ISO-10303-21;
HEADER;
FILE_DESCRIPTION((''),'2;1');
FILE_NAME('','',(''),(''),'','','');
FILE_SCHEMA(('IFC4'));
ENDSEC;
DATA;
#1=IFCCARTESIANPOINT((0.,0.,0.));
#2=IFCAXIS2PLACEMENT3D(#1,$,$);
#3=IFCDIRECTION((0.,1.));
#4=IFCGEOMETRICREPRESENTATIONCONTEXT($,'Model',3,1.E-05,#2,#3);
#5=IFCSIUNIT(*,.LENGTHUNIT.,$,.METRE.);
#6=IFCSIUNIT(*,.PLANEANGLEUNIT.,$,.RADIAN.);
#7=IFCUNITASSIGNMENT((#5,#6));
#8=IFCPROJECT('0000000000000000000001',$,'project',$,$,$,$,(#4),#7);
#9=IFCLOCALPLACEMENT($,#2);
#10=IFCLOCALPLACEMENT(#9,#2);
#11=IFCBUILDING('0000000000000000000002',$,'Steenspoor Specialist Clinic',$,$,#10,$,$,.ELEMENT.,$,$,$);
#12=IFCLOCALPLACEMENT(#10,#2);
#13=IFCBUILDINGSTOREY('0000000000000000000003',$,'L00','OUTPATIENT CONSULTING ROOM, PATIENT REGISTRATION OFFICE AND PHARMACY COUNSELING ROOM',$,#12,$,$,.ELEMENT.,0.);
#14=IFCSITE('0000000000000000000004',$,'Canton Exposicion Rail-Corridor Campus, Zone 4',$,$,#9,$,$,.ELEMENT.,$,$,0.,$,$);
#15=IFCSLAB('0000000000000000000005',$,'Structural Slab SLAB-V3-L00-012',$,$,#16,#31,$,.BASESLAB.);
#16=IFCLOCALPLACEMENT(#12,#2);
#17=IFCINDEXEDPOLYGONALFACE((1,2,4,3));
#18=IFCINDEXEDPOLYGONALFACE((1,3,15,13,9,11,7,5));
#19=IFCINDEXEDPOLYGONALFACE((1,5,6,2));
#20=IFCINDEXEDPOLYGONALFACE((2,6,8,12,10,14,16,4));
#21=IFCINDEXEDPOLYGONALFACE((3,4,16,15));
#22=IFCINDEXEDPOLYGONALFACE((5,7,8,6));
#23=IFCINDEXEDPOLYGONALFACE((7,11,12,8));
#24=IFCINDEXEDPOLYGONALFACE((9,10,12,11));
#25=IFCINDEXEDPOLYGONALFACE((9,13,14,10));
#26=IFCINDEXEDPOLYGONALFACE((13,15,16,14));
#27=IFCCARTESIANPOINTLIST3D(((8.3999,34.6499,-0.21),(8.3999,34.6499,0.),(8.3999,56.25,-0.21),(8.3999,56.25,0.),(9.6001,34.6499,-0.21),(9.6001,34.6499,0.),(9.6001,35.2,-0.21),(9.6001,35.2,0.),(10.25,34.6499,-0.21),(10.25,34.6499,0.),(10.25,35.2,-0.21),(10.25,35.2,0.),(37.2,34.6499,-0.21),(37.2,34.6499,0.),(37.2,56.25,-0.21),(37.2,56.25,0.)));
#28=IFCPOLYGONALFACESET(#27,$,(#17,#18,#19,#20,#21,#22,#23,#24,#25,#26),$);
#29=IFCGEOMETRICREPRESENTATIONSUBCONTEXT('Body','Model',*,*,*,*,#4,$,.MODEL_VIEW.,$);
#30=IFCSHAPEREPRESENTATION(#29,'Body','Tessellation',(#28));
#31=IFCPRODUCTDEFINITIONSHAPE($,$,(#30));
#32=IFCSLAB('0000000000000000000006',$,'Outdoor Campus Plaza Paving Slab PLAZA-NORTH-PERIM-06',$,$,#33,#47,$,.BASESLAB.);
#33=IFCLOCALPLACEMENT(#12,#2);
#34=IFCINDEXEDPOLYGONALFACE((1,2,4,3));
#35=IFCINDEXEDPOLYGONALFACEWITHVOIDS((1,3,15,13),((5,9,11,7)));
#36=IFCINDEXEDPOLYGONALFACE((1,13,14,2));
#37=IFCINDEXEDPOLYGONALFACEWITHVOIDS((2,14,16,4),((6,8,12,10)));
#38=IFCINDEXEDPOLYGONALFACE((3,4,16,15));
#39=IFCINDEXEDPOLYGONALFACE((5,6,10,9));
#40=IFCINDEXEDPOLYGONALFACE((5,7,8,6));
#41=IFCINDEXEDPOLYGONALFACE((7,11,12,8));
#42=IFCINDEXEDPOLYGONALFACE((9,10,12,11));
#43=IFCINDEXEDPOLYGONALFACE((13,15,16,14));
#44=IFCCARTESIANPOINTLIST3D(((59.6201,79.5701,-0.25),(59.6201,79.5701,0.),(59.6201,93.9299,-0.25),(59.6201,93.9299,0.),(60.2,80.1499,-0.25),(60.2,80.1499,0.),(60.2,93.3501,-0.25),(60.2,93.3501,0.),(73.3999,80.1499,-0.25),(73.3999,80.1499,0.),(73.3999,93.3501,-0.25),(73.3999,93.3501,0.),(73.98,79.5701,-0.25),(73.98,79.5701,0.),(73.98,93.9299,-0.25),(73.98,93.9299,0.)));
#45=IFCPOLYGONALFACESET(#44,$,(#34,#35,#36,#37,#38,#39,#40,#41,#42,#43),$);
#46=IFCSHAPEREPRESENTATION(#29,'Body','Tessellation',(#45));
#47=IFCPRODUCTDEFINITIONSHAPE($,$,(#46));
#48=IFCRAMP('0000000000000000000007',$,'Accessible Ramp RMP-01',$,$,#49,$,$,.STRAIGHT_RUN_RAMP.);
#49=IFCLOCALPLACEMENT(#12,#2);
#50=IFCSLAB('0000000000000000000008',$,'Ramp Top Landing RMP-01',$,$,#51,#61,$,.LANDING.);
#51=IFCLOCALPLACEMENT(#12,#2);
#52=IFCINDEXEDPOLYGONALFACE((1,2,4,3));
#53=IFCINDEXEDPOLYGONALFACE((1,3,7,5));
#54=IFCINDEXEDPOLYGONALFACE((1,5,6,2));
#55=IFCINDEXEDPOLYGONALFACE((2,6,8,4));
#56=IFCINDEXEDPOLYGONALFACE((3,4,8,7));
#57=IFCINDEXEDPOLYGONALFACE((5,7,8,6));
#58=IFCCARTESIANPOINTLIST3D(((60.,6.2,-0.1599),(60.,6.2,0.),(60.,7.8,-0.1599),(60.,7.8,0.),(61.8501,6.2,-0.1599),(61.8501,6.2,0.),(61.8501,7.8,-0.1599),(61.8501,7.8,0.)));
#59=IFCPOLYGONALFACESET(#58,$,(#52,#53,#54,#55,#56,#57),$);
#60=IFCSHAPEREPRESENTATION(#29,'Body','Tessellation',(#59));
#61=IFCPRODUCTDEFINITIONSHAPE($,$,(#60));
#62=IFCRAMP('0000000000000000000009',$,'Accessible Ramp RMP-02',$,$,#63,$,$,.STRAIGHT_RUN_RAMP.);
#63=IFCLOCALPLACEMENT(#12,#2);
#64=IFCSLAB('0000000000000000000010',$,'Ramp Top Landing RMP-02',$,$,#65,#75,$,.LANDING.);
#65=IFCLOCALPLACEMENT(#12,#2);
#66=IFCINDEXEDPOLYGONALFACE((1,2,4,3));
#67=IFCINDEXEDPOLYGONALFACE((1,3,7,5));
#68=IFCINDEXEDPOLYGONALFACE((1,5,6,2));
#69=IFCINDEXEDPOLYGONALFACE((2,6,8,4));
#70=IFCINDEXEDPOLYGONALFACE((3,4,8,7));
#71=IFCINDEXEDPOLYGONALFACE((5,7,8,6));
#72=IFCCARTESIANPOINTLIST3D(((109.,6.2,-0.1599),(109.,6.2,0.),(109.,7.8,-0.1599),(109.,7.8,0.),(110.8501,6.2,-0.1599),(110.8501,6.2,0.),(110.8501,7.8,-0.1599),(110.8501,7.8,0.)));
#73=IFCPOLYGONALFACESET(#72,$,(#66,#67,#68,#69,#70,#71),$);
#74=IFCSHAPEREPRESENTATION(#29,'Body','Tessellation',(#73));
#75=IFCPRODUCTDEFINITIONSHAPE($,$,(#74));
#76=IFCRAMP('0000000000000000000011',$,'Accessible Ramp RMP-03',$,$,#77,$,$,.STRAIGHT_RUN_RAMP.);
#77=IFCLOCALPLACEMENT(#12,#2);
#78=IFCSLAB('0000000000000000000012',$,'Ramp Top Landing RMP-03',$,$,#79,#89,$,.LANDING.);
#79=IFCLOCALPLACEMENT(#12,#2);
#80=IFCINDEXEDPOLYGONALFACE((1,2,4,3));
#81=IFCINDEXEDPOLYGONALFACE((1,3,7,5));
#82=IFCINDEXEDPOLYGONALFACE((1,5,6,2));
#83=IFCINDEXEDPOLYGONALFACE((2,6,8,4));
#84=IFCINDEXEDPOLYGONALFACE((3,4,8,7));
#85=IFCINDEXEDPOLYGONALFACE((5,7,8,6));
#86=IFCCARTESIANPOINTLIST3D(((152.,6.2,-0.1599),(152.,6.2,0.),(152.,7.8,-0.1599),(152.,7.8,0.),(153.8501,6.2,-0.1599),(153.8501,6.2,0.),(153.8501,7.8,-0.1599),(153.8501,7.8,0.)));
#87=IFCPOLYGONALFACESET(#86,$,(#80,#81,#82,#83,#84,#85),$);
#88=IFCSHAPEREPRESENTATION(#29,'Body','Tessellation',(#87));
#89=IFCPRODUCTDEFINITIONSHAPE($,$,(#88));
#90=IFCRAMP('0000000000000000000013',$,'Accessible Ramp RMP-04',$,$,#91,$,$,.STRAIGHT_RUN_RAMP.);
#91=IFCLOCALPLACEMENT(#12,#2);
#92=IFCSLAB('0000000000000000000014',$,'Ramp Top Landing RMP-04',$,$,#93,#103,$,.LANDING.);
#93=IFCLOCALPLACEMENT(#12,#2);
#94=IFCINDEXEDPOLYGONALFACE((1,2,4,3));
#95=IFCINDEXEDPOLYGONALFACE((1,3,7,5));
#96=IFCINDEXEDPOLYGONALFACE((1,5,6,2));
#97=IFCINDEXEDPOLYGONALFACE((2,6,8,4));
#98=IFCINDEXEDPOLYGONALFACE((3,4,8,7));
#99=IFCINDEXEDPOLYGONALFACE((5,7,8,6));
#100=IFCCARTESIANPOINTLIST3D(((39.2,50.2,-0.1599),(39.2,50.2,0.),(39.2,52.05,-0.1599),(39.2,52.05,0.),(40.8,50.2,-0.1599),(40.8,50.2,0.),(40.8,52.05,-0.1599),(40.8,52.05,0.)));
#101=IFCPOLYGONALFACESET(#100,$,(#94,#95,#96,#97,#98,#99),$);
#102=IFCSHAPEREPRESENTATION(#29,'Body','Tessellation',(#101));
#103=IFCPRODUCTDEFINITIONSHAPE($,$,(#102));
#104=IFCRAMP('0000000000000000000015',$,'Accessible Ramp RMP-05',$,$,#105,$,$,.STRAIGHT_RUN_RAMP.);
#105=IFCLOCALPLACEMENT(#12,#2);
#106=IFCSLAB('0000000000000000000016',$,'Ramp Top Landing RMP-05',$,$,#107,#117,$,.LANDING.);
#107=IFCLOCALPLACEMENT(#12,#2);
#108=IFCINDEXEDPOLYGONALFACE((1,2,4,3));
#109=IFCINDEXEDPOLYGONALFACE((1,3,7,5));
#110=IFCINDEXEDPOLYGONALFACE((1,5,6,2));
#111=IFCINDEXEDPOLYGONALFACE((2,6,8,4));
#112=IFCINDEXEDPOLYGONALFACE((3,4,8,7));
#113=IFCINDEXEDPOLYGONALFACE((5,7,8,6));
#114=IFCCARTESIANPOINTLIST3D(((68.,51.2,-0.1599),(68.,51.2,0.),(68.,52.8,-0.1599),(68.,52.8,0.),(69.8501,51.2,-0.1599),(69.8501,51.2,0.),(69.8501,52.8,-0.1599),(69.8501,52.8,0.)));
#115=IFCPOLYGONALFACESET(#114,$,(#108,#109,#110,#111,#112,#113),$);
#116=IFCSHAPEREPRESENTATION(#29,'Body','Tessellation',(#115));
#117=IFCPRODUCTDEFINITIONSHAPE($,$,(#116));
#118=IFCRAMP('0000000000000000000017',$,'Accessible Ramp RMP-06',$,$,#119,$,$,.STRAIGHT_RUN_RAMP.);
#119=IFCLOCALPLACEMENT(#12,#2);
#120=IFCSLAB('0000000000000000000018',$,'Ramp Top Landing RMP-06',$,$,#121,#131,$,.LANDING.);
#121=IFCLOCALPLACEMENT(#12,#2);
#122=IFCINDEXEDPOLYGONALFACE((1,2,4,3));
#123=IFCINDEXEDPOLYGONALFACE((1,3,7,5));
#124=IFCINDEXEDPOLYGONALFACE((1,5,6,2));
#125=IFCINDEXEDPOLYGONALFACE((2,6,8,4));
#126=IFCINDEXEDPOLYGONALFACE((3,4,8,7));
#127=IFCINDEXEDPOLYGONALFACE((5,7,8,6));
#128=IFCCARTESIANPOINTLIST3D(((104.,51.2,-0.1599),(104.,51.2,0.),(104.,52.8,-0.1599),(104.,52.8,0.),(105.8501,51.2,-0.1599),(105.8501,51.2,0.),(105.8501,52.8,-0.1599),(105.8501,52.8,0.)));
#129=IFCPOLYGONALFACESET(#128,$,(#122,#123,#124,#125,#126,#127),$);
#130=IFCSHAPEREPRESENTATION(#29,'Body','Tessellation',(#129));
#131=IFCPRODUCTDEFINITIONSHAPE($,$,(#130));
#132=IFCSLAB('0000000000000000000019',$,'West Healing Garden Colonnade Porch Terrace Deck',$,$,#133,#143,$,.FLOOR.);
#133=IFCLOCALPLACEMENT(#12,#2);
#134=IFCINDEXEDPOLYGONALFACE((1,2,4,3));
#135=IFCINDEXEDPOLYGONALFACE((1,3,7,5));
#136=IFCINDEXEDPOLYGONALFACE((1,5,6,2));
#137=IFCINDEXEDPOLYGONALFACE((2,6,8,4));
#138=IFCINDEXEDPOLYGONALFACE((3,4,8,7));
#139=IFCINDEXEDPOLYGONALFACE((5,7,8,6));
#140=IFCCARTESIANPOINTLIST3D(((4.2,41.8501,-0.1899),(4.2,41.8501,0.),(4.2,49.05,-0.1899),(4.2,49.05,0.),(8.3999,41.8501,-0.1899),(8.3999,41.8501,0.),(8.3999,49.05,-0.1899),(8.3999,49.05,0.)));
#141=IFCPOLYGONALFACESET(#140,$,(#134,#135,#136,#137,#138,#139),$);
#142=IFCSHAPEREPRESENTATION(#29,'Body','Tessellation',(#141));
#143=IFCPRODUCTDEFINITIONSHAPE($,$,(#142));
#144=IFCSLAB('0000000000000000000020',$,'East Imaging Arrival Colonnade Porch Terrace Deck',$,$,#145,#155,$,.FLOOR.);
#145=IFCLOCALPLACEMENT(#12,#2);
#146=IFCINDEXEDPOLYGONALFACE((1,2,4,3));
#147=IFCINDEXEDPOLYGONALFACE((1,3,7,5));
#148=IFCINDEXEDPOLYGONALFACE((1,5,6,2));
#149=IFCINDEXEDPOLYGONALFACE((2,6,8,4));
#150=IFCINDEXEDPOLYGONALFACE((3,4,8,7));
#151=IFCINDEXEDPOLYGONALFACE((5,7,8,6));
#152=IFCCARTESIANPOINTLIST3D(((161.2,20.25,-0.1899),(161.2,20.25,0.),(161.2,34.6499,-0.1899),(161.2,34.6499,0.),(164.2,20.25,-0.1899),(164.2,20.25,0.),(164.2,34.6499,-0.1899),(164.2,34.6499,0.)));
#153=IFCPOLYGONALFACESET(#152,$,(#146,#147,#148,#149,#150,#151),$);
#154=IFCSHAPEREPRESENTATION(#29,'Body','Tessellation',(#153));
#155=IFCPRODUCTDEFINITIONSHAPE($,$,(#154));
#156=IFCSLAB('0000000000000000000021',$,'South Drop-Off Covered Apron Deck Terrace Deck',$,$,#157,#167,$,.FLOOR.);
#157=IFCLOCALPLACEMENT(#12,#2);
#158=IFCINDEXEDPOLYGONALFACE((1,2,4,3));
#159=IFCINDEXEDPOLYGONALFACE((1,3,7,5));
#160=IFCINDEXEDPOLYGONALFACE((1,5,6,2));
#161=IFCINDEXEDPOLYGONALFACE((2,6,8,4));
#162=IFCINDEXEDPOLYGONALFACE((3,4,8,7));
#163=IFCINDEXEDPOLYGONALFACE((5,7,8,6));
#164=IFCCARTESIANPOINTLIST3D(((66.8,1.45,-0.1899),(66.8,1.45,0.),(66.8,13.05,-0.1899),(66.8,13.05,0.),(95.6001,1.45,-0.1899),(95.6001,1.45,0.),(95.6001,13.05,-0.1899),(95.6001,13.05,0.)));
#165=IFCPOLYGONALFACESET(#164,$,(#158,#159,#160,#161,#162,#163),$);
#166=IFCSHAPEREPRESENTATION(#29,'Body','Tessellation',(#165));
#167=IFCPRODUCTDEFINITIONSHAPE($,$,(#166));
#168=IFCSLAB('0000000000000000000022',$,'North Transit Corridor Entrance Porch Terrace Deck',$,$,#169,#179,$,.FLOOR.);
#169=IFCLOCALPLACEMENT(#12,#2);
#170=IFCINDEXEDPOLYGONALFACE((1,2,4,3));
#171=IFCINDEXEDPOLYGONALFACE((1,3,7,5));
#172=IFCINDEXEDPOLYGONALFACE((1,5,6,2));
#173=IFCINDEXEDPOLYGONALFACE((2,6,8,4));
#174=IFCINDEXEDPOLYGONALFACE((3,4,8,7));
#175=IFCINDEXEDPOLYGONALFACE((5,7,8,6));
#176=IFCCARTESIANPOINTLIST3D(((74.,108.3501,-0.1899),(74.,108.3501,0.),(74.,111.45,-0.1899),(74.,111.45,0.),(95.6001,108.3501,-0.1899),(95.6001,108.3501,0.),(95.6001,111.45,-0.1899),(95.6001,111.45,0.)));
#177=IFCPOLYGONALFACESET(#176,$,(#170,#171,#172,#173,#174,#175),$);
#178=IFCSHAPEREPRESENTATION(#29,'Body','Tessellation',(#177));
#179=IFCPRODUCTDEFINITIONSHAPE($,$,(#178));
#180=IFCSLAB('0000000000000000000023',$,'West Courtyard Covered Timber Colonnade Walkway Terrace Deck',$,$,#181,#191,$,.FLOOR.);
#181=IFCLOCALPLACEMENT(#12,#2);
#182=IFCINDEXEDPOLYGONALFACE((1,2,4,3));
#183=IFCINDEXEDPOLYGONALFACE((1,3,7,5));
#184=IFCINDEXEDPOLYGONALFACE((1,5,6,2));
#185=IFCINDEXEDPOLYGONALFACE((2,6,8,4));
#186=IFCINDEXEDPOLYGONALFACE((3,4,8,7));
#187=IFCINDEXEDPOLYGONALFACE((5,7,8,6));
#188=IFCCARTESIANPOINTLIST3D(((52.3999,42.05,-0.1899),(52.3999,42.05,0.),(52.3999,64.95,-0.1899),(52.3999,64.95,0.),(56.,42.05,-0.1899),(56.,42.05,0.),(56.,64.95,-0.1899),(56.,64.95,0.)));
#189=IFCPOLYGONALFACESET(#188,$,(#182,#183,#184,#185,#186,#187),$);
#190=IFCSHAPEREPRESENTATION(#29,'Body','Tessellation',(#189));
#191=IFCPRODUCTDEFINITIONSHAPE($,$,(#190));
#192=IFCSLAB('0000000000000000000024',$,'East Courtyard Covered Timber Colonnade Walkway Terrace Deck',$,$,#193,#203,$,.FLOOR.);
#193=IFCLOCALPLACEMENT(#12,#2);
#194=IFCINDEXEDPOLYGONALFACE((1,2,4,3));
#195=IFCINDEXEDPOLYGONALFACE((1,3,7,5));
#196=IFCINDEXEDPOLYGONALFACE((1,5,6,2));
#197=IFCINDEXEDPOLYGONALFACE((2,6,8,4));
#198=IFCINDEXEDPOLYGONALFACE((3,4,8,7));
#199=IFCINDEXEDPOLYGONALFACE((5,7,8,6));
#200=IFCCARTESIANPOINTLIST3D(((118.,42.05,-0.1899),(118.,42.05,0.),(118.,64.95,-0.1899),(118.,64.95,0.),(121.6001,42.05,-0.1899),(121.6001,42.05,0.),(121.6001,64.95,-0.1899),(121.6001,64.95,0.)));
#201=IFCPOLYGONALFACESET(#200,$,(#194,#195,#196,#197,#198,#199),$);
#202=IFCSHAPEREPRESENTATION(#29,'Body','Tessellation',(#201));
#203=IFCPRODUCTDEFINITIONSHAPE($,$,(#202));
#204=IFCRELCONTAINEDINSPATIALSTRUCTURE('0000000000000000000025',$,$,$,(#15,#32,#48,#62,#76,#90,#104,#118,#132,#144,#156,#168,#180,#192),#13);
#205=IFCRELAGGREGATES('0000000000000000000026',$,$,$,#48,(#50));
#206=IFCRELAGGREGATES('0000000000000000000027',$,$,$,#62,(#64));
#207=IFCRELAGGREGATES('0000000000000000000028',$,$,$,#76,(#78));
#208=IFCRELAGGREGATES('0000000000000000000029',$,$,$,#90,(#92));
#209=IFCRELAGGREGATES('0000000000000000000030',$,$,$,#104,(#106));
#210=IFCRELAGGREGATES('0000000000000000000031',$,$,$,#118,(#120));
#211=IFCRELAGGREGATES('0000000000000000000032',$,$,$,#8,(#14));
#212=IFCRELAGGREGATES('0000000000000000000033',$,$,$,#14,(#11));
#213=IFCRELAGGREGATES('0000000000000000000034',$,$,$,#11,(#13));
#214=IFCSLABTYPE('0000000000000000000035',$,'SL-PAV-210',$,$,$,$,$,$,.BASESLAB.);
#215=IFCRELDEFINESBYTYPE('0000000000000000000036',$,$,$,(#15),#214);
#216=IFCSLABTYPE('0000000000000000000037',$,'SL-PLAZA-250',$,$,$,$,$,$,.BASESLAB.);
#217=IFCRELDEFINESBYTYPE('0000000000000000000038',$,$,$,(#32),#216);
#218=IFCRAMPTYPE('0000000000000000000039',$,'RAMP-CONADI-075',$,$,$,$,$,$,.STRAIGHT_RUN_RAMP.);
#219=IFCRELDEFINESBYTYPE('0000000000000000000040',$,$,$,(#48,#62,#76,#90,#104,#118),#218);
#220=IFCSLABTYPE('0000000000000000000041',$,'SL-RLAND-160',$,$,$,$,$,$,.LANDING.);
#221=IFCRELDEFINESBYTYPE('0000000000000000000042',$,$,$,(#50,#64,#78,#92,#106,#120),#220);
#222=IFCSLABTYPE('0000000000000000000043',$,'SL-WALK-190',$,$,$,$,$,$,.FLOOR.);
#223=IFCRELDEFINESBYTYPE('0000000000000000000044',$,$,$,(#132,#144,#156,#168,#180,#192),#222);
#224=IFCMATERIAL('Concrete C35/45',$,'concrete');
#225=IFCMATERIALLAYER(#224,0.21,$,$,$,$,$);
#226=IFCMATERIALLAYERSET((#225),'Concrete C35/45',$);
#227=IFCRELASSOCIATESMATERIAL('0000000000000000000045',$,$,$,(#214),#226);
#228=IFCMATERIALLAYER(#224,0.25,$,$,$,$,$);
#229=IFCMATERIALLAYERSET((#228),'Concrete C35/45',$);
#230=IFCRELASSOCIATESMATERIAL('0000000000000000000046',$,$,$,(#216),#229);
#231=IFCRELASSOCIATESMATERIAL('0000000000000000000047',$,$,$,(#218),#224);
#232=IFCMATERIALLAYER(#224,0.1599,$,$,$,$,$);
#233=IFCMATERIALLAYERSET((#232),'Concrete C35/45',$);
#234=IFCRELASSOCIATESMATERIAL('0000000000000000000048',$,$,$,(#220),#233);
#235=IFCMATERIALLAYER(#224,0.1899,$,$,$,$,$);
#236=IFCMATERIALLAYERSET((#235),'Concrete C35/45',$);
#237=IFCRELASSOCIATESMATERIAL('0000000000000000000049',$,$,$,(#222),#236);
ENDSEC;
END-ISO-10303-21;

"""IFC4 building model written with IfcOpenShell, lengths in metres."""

from ifc_helpers import new_model, si_unit, direction, frame, origin, place, context, subcontext, project, spatial, polyline, outline, extrude, material, layer, layer_set, type_object, element, aggregate, save


model = new_model("IFC4")

# Units and contexts
model_context = context("Model", 3, precision=1e-05, world=origin(), true_north=direction((0.0, 1.0)))
body_context = subcontext(model_context, "Body", "Model", "MODEL_VIEW")
ifc_project = project(units=[si_unit("LENGTHUNIT", "METRE"), si_unit("PLANEANGLEUNIT", "RADIAN")], contexts=[model_context])

# Site, building, storey
site_placement = place(None, origin())
site = spatial("IfcSite", under=ifc_project, at=site_placement, Name="Canton Exposicion Rail-Corridor Campus, Zone 4", CompositionType="ELEMENT", RefElevation=0.0)
building_placement = place(site_placement, origin())
building = spatial("IfcBuilding", under=site, at=building_placement, Name="Steenspoor Specialist Clinic", CompositionType="ELEMENT")
storey_placement = place(building_placement, origin())
storey = spatial("IfcBuildingStorey", under=building, at=storey_placement, Name="L00", Description="OUTPATIENT CONSULTING ROOM, PATIENT REGISTRATION OFFICE AND PHARMACY COUNSELING ROOM", CompositionType="ELEMENT", Elevation=0.0)

# Slabs
ifc_material_1 = material(Name="Concrete C35/45", Category="concrete")
ifc_layer_1 = layer(ifc_material_1, 0.21)
ifc_layer_set_1 = layer_set([ifc_layer_1], Name="Concrete C35/45")
slab_type_1 = type_object("IfcSlabType", Name="SL-PAV-210", PredefinedType="BASESLAB", material=ifc_layer_set_1)
slab_1_placement = place(storey_placement, frame((0.0, 0.0, -0.21)))
element("IfcSlab", 1, at=slab_1_placement, inside=storey, type_object=slab_type_1, Name="Structural Slab SLAB-V3-L00-012", PredefinedType="BASESLAB", context=body_context, shape_type="SweptSolid", body=[
    extrude(outline(polyline([(8.3999, 56.25), (37.2, 56.25), (37.2, 34.6499), (10.25, 34.6499), (10.25, 35.2), (9.6001, 35.2), (9.6001, 34.6499), (8.3999, 34.6499), (8.3999, 56.25)])), origin(), (0.0, 0.0, 1.0), 0.21),
])
ifc_layer_2 = layer(ifc_material_1, 0.25)
ifc_layer_set_2 = layer_set([ifc_layer_2], Name="Concrete C35/45")
slab_type_2 = type_object("IfcSlabType", Name="SL-PLAZA-250", PredefinedType="BASESLAB", material=ifc_layer_set_2)
slab_2_placement = place(storey_placement, frame((0.0, 0.0, -0.25)))
element("IfcSlab", 2, at=slab_2_placement, inside=storey, type_object=slab_type_2, Name="Outdoor Campus Plaza Paving Slab PLAZA-NORTH-PERIM-06", PredefinedType="BASESLAB", context=body_context, shape_type="SweptSolid", body=[
    extrude(outline(polyline([(59.6201, 79.5701), (59.6201, 93.9299), (73.98, 93.9299), (73.98, 79.5701), (59.6201, 79.5701)]), holes=[polyline([(73.3999, 80.1499), (73.3999, 93.3501), (60.2, 93.3501), (60.2, 80.1499), (73.3999, 80.1499)])]), origin(), (0.0, 0.0, 1.0), 0.25),
])

# Ramps, slabs
ramp_type = type_object("IfcRampType", Name="RAMP-CONADI-075", PredefinedType="STRAIGHT_RUN_RAMP", material=ifc_material_1)
ramp_1_placement = place(storey_placement, origin())
ramp_1 = element("IfcRamp", 3, at=ramp_1_placement, inside=storey, type_object=ramp_type, Name="Accessible Ramp RMP-01", PredefinedType="STRAIGHT_RUN_RAMP")
ifc_layer_3 = layer(ifc_material_1, 0.1599)
ifc_layer_set_3 = layer_set([ifc_layer_3], Name="Concrete C35/45")
slab_type_3 = type_object("IfcSlabType", Name="SL-RLAND-160", PredefinedType="LANDING", material=ifc_layer_set_3)
slab_3_placement = place(storey_placement, frame((0.0, 0.0, -0.1599)))
slab_3 = element("IfcSlab", 4, at=slab_3_placement, type_object=slab_type_3, Name="Ramp Top Landing RMP-01", PredefinedType="LANDING", context=body_context, shape_type="SweptSolid", body=[
    extrude(outline(polyline([(60.0, 6.2), (61.8501, 6.2), (61.8501, 7.8), (60.0, 7.8), (60.0, 6.2)])), origin(), (0.0, 0.0, 1.0), 0.1599),
])
aggregate(ramp_1, [slab_3])
ramp_2_placement = place(storey_placement, origin())
ramp_2 = element("IfcRamp", 5, at=ramp_2_placement, inside=storey, type_object=ramp_type, Name="Accessible Ramp RMP-02", PredefinedType="STRAIGHT_RUN_RAMP")
slab_4_placement = place(storey_placement, frame((0.0, 0.0, -0.1599)))
slab_4 = element("IfcSlab", 6, at=slab_4_placement, type_object=slab_type_3, Name="Ramp Top Landing RMP-02", PredefinedType="LANDING", context=body_context, shape_type="SweptSolid", body=[
    extrude(outline(polyline([(109.0, 6.2), (110.8501, 6.2), (110.8501, 7.8), (109.0, 7.8), (109.0, 6.2)])), origin(), (0.0, 0.0, 1.0), 0.1599),
])
aggregate(ramp_2, [slab_4])
ramp_3_placement = place(storey_placement, origin())
ramp_3 = element("IfcRamp", 7, at=ramp_3_placement, inside=storey, type_object=ramp_type, Name="Accessible Ramp RMP-03", PredefinedType="STRAIGHT_RUN_RAMP")
slab_5_placement = place(storey_placement, frame((0.0, 0.0, -0.1599)))
slab_5 = element("IfcSlab", 8, at=slab_5_placement, type_object=slab_type_3, Name="Ramp Top Landing RMP-03", PredefinedType="LANDING", context=body_context, shape_type="SweptSolid", body=[
    extrude(outline(polyline([(152.0, 6.2), (153.8501, 6.2), (153.8501, 7.8), (152.0, 7.8), (152.0, 6.2)])), origin(), (0.0, 0.0, 1.0), 0.1599),
])
aggregate(ramp_3, [slab_5])
ramp_4_placement = place(storey_placement, origin())
ramp_4 = element("IfcRamp", 9, at=ramp_4_placement, inside=storey, type_object=ramp_type, Name="Accessible Ramp RMP-04", PredefinedType="STRAIGHT_RUN_RAMP")
slab_6_placement = place(storey_placement, frame((0.0, 0.0, -0.1599)))
slab_6 = element("IfcSlab", 10, at=slab_6_placement, type_object=slab_type_3, Name="Ramp Top Landing RMP-04", PredefinedType="LANDING", context=body_context, shape_type="SweptSolid", body=[
    extrude(outline(polyline([(40.8, 50.2), (40.8, 52.05), (39.2, 52.05), (39.2, 50.2), (40.8, 50.2)])), origin(), (0.0, 0.0, 1.0), 0.1599),
])
aggregate(ramp_4, [slab_6])
ramp_5_placement = place(storey_placement, origin())
ramp_5 = element("IfcRamp", 11, at=ramp_5_placement, inside=storey, type_object=ramp_type, Name="Accessible Ramp RMP-05", PredefinedType="STRAIGHT_RUN_RAMP")
slab_7_placement = place(storey_placement, frame((0.0, 0.0, -0.1599)))
slab_7 = element("IfcSlab", 12, at=slab_7_placement, type_object=slab_type_3, Name="Ramp Top Landing RMP-05", PredefinedType="LANDING", context=body_context, shape_type="SweptSolid", body=[
    extrude(outline(polyline([(68.0, 51.2), (69.8501, 51.2), (69.8501, 52.8), (68.0, 52.8), (68.0, 51.2)])), origin(), (0.0, 0.0, 1.0), 0.1599),
])
aggregate(ramp_5, [slab_7])
ramp_6_placement = place(storey_placement, origin())
ramp_6 = element("IfcRamp", 13, at=ramp_6_placement, inside=storey, type_object=ramp_type, Name="Accessible Ramp RMP-06", PredefinedType="STRAIGHT_RUN_RAMP")
slab_8_placement = place(storey_placement, frame((0.0, 0.0, -0.1599)))
slab_8 = element("IfcSlab", 14, at=slab_8_placement, type_object=slab_type_3, Name="Ramp Top Landing RMP-06", PredefinedType="LANDING", context=body_context, shape_type="SweptSolid", body=[
    extrude(outline(polyline([(104.0, 51.2), (105.8501, 51.2), (105.8501, 52.8), (104.0, 52.8), (104.0, 51.2)])), origin(), (0.0, 0.0, 1.0), 0.1599),
])
aggregate(ramp_6, [slab_8])

# Slabs
ifc_layer_4 = layer(ifc_material_1, 0.1899)
ifc_layer_set_4 = layer_set([ifc_layer_4], Name="Concrete C35/45")
slab_type_4 = type_object("IfcSlabType", Name="SL-WALK-190", PredefinedType="FLOOR", material=ifc_layer_set_4)
slab_9_placement = place(storey_placement, frame((0.0, 0.0, -0.1899)))
element("IfcSlab", 15, at=slab_9_placement, inside=storey, type_object=slab_type_4, Name="West Healing Garden Colonnade Porch Terrace Deck", PredefinedType="FLOOR", context=body_context, shape_type="SweptSolid", body=[
    extrude(outline(polyline([(8.3999, 41.8501), (8.3999, 49.05), (4.2, 49.05), (4.2, 41.8501), (8.3999, 41.8501)])), origin(), (0.0, 0.0, 1.0), 0.1899),
])
slab_10_placement = place(storey_placement, frame((0.0, 0.0, -0.1899)))
element("IfcSlab", 16, at=slab_10_placement, inside=storey, type_object=slab_type_4, Name="East Imaging Arrival Colonnade Porch Terrace Deck", PredefinedType="FLOOR", context=body_context, shape_type="SweptSolid", body=[
    extrude(outline(polyline([(164.2, 20.25), (164.2, 34.6499), (161.2, 34.6499), (161.2, 20.25), (164.2, 20.25)])), origin(), (0.0, 0.0, 1.0), 0.1899),
])
slab_11_placement = place(storey_placement, frame((0.0, 0.0, -0.1899)))
element("IfcSlab", 17, at=slab_11_placement, inside=storey, type_object=slab_type_4, Name="South Drop-Off Covered Apron Deck Terrace Deck", PredefinedType="FLOOR", context=body_context, shape_type="SweptSolid", body=[
    extrude(outline(polyline([(95.6001, 1.45), (95.6001, 13.05), (66.8, 13.05), (66.8, 1.45), (95.6001, 1.45)])), origin(), (0.0, 0.0, 1.0), 0.1899),
])
slab_12_placement = place(storey_placement, frame((0.0, 0.0, -0.1899)))
element("IfcSlab", 18, at=slab_12_placement, inside=storey, type_object=slab_type_4, Name="North Transit Corridor Entrance Porch Terrace Deck", PredefinedType="FLOOR", context=body_context, shape_type="SweptSolid", body=[
    extrude(outline(polyline([(95.6001, 108.3501), (95.6001, 111.45), (74.0, 111.45), (74.0, 108.3501), (95.6001, 108.3501)])), origin(), (0.0, 0.0, 1.0), 0.1899),
])
slab_13_placement = place(storey_placement, frame((0.0, 0.0, -0.1899)))
element("IfcSlab", 19, at=slab_13_placement, inside=storey, type_object=slab_type_4, Name="West Courtyard Covered Timber Colonnade Walkway Terrace Deck", PredefinedType="FLOOR", context=body_context, shape_type="SweptSolid", body=[
    extrude(outline(polyline([(56.0, 42.05), (56.0, 64.95), (52.3999, 64.95), (52.3999, 42.05), (56.0, 42.05)])), origin(), (0.0, 0.0, 1.0), 0.1899),
])
slab_14_placement = place(storey_placement, frame((0.0, 0.0, -0.1899)))
element("IfcSlab", 20, at=slab_14_placement, inside=storey, type_object=slab_type_4, Name="East Courtyard Covered Timber Colonnade Walkway Terrace Deck", PredefinedType="FLOOR", context=body_context, shape_type="SweptSolid", body=[
    extrude(outline(polyline([(121.6001, 42.05), (121.6001, 64.95), (118.0, 64.95), (118.0, 42.05), (121.6001, 42.05)])), origin(), (0.0, 0.0, 1.0), 0.1899),
])

save(model, "model.ifc")
